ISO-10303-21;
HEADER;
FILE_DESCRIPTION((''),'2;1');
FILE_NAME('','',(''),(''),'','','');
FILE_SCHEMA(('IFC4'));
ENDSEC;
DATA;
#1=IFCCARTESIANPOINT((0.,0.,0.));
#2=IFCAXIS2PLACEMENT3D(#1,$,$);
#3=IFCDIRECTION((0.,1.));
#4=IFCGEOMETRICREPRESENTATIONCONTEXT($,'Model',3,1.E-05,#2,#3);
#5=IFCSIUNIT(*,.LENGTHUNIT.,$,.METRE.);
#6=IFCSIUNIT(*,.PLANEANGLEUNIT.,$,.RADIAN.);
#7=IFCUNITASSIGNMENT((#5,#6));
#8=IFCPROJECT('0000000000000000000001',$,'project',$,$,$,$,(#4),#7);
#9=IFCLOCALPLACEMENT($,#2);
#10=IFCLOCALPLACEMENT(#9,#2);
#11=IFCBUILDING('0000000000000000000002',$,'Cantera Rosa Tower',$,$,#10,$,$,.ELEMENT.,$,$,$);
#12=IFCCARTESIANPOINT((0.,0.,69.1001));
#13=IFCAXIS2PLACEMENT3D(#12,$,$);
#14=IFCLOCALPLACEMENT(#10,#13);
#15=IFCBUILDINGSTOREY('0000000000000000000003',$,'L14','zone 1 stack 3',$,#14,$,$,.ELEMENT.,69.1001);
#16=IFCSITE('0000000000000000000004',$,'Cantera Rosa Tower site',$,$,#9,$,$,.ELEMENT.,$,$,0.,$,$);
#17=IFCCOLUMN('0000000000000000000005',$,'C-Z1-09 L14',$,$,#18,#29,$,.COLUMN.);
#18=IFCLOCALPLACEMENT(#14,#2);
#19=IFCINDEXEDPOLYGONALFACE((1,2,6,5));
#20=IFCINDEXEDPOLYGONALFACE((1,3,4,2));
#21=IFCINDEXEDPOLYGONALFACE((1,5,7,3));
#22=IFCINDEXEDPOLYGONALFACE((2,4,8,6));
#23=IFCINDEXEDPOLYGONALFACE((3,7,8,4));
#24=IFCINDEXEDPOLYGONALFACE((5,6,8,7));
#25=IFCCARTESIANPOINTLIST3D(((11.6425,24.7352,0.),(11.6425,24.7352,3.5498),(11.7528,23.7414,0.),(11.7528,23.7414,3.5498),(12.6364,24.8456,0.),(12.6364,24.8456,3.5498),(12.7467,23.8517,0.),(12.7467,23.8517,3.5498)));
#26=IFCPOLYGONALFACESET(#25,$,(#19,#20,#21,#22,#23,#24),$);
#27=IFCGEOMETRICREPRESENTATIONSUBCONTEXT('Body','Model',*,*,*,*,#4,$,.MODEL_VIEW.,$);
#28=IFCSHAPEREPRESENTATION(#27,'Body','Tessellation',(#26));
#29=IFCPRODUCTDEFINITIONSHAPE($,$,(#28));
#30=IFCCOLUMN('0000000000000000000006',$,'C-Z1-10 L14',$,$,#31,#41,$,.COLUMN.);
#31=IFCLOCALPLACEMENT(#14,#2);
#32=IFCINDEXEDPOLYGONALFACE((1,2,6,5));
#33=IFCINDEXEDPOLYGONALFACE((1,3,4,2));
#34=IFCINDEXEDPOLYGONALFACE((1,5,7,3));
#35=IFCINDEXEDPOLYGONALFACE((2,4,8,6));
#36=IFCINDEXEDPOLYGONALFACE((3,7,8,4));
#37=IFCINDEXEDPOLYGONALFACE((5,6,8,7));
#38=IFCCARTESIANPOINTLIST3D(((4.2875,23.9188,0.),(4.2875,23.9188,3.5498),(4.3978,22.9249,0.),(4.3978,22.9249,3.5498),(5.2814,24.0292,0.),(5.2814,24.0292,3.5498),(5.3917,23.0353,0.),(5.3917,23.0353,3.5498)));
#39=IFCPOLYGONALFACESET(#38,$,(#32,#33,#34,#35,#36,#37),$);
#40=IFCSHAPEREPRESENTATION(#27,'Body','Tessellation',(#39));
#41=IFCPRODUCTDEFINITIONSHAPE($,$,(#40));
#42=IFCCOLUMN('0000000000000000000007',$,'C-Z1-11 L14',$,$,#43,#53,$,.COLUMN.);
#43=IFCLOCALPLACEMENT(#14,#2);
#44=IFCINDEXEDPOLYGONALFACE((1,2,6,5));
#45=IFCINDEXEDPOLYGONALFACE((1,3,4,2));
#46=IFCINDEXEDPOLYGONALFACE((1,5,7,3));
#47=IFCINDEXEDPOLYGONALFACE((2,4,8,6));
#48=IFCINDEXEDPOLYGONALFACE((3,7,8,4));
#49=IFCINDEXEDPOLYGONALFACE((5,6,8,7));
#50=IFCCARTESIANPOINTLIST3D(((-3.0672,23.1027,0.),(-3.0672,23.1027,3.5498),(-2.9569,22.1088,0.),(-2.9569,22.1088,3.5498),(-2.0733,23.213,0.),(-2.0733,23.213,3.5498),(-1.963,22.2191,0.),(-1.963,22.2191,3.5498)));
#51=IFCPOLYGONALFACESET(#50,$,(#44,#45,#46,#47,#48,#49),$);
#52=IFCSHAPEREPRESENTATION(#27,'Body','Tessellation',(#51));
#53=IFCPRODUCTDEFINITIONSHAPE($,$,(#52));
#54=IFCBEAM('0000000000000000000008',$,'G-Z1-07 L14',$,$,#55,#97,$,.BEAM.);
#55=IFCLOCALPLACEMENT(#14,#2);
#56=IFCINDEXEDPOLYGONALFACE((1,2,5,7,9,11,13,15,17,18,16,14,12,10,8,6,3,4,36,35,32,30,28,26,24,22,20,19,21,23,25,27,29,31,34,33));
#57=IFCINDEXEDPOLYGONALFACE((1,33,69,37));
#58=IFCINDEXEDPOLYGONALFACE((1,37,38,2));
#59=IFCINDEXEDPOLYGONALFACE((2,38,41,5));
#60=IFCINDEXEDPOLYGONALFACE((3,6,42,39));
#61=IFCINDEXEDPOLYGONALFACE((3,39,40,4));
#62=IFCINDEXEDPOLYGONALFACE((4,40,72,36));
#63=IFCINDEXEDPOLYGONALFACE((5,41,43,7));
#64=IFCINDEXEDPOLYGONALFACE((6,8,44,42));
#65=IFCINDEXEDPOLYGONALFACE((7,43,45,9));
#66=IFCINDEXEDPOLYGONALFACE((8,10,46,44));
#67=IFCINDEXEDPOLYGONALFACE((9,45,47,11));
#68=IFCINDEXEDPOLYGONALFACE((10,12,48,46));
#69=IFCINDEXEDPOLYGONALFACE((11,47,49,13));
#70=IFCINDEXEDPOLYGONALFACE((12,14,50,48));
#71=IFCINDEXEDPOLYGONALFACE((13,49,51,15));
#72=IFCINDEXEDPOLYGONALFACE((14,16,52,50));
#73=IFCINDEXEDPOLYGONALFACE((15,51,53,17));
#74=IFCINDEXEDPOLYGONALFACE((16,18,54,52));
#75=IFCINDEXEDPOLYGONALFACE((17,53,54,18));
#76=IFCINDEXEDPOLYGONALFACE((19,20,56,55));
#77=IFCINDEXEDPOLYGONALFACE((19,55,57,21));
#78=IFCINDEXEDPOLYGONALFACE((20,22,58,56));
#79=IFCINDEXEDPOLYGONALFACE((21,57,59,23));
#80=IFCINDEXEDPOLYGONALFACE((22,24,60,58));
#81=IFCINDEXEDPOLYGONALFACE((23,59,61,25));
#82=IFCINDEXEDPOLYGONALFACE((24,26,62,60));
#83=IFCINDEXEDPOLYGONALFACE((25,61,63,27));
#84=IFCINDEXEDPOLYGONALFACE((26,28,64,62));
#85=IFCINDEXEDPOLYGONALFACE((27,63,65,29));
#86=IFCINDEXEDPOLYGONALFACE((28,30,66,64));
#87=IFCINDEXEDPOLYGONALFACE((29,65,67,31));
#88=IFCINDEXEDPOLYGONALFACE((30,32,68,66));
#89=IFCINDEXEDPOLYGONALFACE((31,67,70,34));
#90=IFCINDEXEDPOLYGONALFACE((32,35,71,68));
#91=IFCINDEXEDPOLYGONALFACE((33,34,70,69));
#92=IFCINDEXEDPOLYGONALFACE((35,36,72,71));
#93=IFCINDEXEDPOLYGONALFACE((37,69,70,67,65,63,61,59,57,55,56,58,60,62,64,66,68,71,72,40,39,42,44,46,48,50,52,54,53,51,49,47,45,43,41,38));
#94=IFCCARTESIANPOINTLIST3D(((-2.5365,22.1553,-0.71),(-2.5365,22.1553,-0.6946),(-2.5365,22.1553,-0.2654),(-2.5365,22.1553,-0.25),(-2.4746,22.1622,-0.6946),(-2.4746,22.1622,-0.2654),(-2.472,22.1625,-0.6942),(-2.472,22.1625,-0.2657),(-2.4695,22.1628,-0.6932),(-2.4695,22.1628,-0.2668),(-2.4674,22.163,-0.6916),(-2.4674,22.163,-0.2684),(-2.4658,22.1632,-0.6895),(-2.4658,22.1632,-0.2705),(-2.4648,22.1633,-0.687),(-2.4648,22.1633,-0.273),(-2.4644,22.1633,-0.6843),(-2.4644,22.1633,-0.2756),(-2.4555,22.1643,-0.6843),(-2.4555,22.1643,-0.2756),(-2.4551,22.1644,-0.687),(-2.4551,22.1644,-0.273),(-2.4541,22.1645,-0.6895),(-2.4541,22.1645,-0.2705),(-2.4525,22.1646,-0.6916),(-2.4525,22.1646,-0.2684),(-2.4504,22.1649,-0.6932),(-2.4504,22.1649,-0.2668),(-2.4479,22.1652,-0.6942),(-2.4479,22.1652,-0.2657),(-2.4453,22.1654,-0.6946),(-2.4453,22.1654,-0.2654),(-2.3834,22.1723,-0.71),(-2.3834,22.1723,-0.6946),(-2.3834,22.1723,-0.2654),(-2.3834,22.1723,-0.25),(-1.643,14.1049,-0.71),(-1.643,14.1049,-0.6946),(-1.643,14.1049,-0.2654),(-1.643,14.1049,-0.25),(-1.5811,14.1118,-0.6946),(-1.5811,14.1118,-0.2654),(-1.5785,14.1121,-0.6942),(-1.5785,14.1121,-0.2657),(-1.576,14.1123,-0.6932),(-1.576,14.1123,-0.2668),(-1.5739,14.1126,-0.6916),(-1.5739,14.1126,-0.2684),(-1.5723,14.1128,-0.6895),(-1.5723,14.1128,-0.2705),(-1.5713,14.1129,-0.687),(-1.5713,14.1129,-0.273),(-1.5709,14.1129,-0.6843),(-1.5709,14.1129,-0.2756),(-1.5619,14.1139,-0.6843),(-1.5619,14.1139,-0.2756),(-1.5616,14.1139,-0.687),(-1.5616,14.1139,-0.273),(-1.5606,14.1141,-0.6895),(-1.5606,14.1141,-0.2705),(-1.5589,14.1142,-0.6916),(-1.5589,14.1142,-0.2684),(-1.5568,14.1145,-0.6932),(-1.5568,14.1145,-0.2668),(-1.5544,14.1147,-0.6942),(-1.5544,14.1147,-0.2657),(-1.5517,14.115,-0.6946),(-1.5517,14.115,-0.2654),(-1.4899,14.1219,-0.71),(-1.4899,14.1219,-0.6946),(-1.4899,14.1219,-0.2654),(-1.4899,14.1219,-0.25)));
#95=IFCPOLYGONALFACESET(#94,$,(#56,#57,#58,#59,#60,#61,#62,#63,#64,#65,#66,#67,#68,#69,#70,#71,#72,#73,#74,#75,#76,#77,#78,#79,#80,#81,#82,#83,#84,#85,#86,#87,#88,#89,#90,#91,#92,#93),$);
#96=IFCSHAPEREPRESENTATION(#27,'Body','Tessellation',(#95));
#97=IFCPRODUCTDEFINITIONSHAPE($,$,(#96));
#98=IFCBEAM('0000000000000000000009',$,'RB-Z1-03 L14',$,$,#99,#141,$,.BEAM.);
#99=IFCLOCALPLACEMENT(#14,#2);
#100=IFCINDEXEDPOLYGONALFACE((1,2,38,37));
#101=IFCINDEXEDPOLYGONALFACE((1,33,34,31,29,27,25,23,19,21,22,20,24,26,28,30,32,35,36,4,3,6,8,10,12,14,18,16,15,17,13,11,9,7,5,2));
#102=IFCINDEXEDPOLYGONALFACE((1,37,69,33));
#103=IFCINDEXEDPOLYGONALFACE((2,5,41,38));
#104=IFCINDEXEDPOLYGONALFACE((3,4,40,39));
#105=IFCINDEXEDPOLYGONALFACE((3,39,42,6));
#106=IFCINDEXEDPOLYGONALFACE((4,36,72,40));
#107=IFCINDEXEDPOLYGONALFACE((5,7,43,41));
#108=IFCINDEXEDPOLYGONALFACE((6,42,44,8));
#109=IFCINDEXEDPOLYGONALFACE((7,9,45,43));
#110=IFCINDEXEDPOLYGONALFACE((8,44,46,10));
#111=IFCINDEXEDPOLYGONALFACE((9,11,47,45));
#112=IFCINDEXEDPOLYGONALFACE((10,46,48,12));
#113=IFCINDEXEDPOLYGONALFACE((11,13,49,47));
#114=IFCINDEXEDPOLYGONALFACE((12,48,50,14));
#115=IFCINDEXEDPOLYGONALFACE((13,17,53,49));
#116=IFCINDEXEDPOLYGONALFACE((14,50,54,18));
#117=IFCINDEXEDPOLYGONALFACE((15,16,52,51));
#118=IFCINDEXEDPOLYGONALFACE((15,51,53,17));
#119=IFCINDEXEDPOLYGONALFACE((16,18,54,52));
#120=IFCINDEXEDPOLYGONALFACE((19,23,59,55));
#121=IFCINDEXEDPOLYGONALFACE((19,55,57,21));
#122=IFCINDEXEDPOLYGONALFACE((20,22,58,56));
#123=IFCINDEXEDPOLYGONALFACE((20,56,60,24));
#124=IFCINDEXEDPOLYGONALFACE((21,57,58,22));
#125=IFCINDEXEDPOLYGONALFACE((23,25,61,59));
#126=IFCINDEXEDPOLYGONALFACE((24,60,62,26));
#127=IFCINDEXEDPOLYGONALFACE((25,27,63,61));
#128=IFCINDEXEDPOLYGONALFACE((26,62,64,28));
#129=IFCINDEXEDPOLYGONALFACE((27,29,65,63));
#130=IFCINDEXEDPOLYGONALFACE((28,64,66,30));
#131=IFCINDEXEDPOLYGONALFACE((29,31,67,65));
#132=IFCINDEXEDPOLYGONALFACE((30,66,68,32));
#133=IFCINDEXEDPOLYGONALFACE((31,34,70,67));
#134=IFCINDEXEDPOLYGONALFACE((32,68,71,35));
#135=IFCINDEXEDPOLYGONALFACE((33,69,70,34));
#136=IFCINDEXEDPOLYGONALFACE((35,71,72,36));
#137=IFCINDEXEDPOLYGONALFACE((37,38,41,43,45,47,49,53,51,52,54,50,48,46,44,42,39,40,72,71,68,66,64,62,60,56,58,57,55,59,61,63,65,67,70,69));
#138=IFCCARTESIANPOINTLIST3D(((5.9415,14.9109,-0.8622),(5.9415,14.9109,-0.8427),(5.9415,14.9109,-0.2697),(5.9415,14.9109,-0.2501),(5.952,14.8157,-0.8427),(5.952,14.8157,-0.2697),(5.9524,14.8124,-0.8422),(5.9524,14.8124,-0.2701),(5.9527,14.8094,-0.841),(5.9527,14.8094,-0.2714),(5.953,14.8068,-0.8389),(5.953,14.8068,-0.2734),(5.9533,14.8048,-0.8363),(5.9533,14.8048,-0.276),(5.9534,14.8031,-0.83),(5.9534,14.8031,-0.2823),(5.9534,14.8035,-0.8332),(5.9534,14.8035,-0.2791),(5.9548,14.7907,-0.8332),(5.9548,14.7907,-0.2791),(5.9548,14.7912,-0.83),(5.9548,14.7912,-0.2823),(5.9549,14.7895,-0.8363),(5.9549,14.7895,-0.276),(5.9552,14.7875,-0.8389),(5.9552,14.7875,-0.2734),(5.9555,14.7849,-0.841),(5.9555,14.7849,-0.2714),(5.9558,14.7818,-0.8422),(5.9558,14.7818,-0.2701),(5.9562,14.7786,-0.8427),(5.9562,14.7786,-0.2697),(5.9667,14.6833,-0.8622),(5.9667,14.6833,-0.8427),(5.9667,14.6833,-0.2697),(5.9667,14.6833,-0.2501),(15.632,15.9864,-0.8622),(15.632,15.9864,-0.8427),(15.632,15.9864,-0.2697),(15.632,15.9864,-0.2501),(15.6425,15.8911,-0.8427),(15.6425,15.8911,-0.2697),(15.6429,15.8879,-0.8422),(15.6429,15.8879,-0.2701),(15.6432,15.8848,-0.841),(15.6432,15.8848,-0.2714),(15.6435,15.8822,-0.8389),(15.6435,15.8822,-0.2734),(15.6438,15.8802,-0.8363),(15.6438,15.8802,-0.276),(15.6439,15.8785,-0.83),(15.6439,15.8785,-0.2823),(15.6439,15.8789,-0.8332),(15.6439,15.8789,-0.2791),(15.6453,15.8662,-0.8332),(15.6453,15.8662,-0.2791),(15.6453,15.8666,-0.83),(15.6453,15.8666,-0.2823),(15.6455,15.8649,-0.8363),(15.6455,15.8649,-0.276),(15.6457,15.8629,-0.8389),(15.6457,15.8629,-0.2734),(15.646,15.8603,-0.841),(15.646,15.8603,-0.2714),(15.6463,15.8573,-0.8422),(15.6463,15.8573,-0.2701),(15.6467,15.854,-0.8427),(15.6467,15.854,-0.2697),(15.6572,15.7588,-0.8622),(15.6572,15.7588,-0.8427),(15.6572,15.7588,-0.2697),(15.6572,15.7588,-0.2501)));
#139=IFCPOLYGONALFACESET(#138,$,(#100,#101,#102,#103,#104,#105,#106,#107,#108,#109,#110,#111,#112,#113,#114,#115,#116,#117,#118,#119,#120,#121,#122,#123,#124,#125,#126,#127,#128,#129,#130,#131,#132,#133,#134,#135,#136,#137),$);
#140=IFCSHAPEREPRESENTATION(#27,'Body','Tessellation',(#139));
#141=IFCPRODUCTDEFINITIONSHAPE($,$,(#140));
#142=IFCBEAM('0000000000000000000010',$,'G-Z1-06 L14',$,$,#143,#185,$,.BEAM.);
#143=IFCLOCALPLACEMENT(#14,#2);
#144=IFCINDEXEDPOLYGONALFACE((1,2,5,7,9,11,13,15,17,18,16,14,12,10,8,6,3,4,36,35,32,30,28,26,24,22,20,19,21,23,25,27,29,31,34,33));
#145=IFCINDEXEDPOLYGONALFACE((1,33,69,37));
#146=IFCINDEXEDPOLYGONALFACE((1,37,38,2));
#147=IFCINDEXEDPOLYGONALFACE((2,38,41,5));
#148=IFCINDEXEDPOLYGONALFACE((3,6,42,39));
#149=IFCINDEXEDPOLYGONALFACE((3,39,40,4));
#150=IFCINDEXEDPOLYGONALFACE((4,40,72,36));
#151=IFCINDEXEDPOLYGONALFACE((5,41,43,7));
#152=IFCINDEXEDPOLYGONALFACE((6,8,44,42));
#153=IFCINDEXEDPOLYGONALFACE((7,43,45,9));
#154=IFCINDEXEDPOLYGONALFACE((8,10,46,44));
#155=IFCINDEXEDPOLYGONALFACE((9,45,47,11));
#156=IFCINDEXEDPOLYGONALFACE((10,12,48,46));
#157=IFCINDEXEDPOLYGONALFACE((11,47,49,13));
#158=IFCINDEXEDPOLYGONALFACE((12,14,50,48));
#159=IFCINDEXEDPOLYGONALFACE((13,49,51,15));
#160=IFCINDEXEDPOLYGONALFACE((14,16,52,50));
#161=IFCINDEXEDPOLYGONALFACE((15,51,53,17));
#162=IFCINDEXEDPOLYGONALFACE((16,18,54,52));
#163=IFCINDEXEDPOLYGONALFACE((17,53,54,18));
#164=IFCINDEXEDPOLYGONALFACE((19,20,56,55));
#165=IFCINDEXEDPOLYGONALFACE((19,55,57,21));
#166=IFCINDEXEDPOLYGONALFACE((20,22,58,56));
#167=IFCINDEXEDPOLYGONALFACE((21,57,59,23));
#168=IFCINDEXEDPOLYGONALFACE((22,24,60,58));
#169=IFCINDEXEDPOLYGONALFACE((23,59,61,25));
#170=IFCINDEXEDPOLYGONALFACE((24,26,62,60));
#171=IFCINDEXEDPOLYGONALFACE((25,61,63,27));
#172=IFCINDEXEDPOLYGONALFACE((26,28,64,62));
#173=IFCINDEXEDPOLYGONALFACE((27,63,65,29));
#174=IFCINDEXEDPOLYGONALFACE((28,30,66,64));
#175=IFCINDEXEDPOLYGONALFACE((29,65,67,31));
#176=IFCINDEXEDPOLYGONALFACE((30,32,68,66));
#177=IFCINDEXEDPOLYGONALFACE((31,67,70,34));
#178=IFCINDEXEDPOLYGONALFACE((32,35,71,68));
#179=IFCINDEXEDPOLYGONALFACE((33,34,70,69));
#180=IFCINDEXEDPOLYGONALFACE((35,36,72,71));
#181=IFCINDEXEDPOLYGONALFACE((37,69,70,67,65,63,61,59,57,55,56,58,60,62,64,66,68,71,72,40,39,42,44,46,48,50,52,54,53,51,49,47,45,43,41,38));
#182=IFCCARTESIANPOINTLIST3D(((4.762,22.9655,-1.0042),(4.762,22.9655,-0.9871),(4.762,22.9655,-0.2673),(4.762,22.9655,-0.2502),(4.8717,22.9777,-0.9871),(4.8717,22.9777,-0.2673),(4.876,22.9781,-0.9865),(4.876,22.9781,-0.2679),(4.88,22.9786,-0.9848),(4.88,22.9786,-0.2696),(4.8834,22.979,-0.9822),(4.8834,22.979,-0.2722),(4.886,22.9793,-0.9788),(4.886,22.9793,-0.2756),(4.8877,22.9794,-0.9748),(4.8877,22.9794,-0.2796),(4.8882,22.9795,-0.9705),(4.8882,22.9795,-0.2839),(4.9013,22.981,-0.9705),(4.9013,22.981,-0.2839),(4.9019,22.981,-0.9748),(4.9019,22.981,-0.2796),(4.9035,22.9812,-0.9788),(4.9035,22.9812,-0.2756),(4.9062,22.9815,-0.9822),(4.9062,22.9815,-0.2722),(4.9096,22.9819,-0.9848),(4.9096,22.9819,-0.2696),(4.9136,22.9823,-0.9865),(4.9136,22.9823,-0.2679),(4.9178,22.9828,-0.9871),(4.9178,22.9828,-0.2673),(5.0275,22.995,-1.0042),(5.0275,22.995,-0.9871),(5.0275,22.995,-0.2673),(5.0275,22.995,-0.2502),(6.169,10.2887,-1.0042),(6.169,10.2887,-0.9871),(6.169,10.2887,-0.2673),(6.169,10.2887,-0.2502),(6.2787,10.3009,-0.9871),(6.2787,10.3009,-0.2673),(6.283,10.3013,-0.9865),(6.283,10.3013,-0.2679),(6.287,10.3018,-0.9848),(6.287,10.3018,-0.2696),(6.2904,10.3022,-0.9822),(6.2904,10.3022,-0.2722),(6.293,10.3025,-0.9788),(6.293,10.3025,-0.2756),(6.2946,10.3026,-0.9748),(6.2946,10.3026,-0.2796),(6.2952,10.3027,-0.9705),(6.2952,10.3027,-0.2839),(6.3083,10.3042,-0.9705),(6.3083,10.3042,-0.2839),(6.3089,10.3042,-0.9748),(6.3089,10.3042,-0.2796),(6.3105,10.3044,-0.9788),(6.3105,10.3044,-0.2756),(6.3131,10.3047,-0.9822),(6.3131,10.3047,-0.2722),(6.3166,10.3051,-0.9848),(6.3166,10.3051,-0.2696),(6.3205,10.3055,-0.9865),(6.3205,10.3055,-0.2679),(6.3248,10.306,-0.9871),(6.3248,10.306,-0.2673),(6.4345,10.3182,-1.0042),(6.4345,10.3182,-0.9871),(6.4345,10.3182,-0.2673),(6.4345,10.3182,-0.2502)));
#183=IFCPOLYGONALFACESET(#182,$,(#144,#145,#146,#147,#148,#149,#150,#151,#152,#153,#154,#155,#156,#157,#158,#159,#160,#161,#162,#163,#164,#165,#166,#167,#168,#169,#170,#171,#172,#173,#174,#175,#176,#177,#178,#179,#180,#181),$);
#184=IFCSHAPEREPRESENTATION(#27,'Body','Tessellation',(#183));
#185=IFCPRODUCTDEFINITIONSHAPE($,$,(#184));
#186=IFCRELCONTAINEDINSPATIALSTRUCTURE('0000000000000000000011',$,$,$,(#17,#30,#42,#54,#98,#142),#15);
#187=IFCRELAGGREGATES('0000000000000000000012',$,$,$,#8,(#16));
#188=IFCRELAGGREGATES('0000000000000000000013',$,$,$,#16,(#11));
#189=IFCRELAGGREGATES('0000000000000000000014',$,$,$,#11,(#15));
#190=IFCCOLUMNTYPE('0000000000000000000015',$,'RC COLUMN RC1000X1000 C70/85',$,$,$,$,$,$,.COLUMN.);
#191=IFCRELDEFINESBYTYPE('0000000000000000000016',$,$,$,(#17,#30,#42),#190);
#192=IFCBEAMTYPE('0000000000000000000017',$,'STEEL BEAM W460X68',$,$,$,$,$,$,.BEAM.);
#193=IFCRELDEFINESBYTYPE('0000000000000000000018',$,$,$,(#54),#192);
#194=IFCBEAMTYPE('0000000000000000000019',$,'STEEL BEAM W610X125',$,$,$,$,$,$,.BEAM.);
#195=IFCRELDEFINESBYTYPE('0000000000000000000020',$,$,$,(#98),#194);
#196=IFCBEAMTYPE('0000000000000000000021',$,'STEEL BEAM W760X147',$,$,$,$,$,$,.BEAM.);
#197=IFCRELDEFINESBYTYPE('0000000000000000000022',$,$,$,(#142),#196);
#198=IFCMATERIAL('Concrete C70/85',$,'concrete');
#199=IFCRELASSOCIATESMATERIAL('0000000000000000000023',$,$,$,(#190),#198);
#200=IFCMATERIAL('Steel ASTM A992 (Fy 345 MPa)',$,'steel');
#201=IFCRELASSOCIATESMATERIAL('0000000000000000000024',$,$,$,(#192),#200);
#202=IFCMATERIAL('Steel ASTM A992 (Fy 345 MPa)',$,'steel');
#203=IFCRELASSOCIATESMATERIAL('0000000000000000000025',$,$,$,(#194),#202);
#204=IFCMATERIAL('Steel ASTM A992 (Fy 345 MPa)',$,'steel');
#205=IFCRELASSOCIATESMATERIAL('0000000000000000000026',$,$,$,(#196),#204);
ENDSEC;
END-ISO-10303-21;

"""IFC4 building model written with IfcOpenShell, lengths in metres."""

from ifc_helpers import new_model, si_unit, direction, frame, origin, origin_2d, place, context, subcontext, project, spatial, rectangle, i_section, extrude, material, material_profile, profile_set, type_object, element, save


model = new_model("IFC4")

# Units and contexts
model_context = context("Model", 3, precision=1e-05, world=origin(), true_north=direction((0.0, 1.0)))
body_context = subcontext(model_context, "Body", "Model", "MODEL_VIEW")
ifc_project = project(units=[si_unit("LENGTHUNIT", "METRE"), si_unit("PLANEANGLEUNIT", "RADIAN")], contexts=[model_context])

# Site, building, storey
site_placement = place(None, origin())
site = spatial("IfcSite", under=ifc_project, at=site_placement, Name="Cantera Rosa Tower site", CompositionType="ELEMENT", RefElevation=0.0)
building_placement = place(site_placement, origin())
building = spatial("IfcBuilding", under=site, at=building_placement, Name="Cantera Rosa Tower", CompositionType="ELEMENT")
storey_placement = place(building_placement, frame((0.0, 0.0, 69.1001)))
storey = spatial("IfcBuildingStorey", under=building, at=storey_placement, Name="L14", Description="zone 1 stack 3", CompositionType="ELEMENT", Elevation=69.1001)

# Columns
ifc_material_1 = material(Name="Concrete C70/85", Category="concrete")
ifc_material_profile_1 = material_profile(ifc_material_1, rectangle(XDim=1.0, YDim=1.0, at=origin_2d()), Name="RC COLUMN RC1000X1000 C70/85")
ifc_profile_set_1 = profile_set([ifc_material_profile_1], Name="Concrete C70/85")
column_type = type_object("IfcColumnType", Name="RC COLUMN RC1000X1000 C70/85", PredefinedType="COLUMN", material=ifc_profile_set_1)
for number, where, z_axis, x_axis, name in (
    (1, (12.1946, 24.2935, 0.0), (0.0, 0.0, 1.0), (0.993897, 0.110313, 0.0), "C-Z1-09 L14"),
    (2, (4.8396, 23.4771, 0.0), (0.0, 0.0, 1.0), (0.993897, 0.110313, 0.0), "C-Z1-10 L14"),
    (3, (-2.5151, 22.6609, 0.0), (0.0, 0.0, 1.0), (0.993897, 0.110313, 0.0), "C-Z1-11 L14"),
):
    element("IfcColumn", number, at=place(storey_placement, frame(where, z_axis=z_axis, x_axis=x_axis)), inside=storey, type_object=column_type, Name=name, PredefinedType="COLUMN", context=body_context, shape_type="SweptSolid", body=[
        extrude(rectangle(XDim=1.0, YDim=1.0, at=origin_2d()), origin(), (0.0, 0.0, 1.0), 3.5498),
    ])

# Beams
ifc_material_2 = material(Name="Steel ASTM A992 (Fy 345 MPa)", Category="steel")
ifc_material_profile_2 = material_profile(ifc_material_2, i_section(OverallWidth=0.1541, OverallDepth=0.46, WebThickness=0.009, FlangeThickness=0.0154, FilletRadius=0.0103, at=origin_2d()), Name="W460X68")
ifc_profile_set_2 = profile_set([ifc_material_profile_2], Name="Steel ASTM A992 (Fy 345 MPa)")
beam_type_1 = type_object("IfcBeamType", Name="STEEL BEAM W460X68", PredefinedType="BEAM", material=ifc_profile_set_2)
beam_1_placement = place(storey_placement, frame((-2.46, 22.1638, -0.48), z_axis=(0.110316, -0.993897, 0.0), x_axis=(0.993897, 0.110316, 0.0)))
element("IfcBeam", 4, at=beam_1_placement, inside=storey, type_object=beam_type_1, Name="G-Z1-07 L14", PredefinedType="BEAM", context=body_context, shape_type="SweptSolid", body=[
    extrude(i_section(OverallWidth=0.1541, OverallDepth=0.46, WebThickness=0.009, FlangeThickness=0.0154, FilletRadius=0.0103, at=origin_2d()), origin(), (0.0, 0.0, 1.0), 8.0999),
])
ifc_material_3 = material(Name="Steel ASTM A992 (Fy 345 MPa)", Category="steel")
ifc_material_profile_3 = material_profile(ifc_material_3, i_section(OverallWidth=0.229, OverallDepth=0.6121, WebThickness=0.012, FlangeThickness=0.0195, FilletRadius=0.0127, at=origin_2d()), Name="W610X125")
ifc_profile_set_3 = profile_set([ifc_material_profile_3], Name="Steel ASTM A992 (Fy 345 MPa)")
beam_type_2 = type_object("IfcBeamType", Name="STEEL BEAM W610X125", PredefinedType="BEAM", material=ifc_profile_set_3)
beam_2_placement = place(storey_placement, frame((5.9541, 14.7971, -0.5562), z_axis=(0.993898, 0.110302, 0.0), x_axis=(-0.110302, 0.993898, 0.0)))
element("IfcBeam", 5, at=beam_2_placement, inside=storey, type_object=beam_type_2, Name="RB-Z1-03 L14", PredefinedType="BEAM", context=body_context, shape_type="SweptSolid", body=[
    extrude(i_section(OverallWidth=0.229, OverallDepth=0.6121, WebThickness=0.012, FlangeThickness=0.0195, FilletRadius=0.0127, at=origin_2d()), origin(), (0.0, 0.0, 1.0), 9.75),
])
ifc_material_4 = material(Name="Steel ASTM A992 (Fy 345 MPa)", Category="steel")
ifc_material_profile_4 = material_profile(ifc_material_4, i_section(OverallWidth=0.2671, OverallDepth=0.7539, WebThickness=0.0132, FlangeThickness=0.0171, FilletRadius=0.0166, at=origin_2d()), Name="W760X147")
ifc_profile_set_4 = profile_set([ifc_material_profile_4], Name="Steel ASTM A992 (Fy 345 MPa)")
beam_type_3 = type_object("IfcBeamType", Name="STEEL BEAM W760X147", PredefinedType="BEAM", material=ifc_profile_set_4)
beam_3_placement = place(storey_placement, frame((4.8948, 22.9802, -0.6272), z_axis=(0.110312, -0.993897, 0.0), x_axis=(0.993897, 0.110312, 0.0)))
element("IfcBeam", 6, at=beam_3_placement, inside=storey, type_object=beam_type_3, Name="G-Z1-06 L14", PredefinedType="BEAM", context=body_context, shape_type="SweptSolid", body=[
    extrude(i_section(OverallWidth=0.2671, OverallDepth=0.7539, WebThickness=0.0132, FlangeThickness=0.0171, FilletRadius=0.0166, at=origin_2d()), origin(), (0.0, 0.0, 1.0), 12.7546),
])

save(model, "model.ifc")
